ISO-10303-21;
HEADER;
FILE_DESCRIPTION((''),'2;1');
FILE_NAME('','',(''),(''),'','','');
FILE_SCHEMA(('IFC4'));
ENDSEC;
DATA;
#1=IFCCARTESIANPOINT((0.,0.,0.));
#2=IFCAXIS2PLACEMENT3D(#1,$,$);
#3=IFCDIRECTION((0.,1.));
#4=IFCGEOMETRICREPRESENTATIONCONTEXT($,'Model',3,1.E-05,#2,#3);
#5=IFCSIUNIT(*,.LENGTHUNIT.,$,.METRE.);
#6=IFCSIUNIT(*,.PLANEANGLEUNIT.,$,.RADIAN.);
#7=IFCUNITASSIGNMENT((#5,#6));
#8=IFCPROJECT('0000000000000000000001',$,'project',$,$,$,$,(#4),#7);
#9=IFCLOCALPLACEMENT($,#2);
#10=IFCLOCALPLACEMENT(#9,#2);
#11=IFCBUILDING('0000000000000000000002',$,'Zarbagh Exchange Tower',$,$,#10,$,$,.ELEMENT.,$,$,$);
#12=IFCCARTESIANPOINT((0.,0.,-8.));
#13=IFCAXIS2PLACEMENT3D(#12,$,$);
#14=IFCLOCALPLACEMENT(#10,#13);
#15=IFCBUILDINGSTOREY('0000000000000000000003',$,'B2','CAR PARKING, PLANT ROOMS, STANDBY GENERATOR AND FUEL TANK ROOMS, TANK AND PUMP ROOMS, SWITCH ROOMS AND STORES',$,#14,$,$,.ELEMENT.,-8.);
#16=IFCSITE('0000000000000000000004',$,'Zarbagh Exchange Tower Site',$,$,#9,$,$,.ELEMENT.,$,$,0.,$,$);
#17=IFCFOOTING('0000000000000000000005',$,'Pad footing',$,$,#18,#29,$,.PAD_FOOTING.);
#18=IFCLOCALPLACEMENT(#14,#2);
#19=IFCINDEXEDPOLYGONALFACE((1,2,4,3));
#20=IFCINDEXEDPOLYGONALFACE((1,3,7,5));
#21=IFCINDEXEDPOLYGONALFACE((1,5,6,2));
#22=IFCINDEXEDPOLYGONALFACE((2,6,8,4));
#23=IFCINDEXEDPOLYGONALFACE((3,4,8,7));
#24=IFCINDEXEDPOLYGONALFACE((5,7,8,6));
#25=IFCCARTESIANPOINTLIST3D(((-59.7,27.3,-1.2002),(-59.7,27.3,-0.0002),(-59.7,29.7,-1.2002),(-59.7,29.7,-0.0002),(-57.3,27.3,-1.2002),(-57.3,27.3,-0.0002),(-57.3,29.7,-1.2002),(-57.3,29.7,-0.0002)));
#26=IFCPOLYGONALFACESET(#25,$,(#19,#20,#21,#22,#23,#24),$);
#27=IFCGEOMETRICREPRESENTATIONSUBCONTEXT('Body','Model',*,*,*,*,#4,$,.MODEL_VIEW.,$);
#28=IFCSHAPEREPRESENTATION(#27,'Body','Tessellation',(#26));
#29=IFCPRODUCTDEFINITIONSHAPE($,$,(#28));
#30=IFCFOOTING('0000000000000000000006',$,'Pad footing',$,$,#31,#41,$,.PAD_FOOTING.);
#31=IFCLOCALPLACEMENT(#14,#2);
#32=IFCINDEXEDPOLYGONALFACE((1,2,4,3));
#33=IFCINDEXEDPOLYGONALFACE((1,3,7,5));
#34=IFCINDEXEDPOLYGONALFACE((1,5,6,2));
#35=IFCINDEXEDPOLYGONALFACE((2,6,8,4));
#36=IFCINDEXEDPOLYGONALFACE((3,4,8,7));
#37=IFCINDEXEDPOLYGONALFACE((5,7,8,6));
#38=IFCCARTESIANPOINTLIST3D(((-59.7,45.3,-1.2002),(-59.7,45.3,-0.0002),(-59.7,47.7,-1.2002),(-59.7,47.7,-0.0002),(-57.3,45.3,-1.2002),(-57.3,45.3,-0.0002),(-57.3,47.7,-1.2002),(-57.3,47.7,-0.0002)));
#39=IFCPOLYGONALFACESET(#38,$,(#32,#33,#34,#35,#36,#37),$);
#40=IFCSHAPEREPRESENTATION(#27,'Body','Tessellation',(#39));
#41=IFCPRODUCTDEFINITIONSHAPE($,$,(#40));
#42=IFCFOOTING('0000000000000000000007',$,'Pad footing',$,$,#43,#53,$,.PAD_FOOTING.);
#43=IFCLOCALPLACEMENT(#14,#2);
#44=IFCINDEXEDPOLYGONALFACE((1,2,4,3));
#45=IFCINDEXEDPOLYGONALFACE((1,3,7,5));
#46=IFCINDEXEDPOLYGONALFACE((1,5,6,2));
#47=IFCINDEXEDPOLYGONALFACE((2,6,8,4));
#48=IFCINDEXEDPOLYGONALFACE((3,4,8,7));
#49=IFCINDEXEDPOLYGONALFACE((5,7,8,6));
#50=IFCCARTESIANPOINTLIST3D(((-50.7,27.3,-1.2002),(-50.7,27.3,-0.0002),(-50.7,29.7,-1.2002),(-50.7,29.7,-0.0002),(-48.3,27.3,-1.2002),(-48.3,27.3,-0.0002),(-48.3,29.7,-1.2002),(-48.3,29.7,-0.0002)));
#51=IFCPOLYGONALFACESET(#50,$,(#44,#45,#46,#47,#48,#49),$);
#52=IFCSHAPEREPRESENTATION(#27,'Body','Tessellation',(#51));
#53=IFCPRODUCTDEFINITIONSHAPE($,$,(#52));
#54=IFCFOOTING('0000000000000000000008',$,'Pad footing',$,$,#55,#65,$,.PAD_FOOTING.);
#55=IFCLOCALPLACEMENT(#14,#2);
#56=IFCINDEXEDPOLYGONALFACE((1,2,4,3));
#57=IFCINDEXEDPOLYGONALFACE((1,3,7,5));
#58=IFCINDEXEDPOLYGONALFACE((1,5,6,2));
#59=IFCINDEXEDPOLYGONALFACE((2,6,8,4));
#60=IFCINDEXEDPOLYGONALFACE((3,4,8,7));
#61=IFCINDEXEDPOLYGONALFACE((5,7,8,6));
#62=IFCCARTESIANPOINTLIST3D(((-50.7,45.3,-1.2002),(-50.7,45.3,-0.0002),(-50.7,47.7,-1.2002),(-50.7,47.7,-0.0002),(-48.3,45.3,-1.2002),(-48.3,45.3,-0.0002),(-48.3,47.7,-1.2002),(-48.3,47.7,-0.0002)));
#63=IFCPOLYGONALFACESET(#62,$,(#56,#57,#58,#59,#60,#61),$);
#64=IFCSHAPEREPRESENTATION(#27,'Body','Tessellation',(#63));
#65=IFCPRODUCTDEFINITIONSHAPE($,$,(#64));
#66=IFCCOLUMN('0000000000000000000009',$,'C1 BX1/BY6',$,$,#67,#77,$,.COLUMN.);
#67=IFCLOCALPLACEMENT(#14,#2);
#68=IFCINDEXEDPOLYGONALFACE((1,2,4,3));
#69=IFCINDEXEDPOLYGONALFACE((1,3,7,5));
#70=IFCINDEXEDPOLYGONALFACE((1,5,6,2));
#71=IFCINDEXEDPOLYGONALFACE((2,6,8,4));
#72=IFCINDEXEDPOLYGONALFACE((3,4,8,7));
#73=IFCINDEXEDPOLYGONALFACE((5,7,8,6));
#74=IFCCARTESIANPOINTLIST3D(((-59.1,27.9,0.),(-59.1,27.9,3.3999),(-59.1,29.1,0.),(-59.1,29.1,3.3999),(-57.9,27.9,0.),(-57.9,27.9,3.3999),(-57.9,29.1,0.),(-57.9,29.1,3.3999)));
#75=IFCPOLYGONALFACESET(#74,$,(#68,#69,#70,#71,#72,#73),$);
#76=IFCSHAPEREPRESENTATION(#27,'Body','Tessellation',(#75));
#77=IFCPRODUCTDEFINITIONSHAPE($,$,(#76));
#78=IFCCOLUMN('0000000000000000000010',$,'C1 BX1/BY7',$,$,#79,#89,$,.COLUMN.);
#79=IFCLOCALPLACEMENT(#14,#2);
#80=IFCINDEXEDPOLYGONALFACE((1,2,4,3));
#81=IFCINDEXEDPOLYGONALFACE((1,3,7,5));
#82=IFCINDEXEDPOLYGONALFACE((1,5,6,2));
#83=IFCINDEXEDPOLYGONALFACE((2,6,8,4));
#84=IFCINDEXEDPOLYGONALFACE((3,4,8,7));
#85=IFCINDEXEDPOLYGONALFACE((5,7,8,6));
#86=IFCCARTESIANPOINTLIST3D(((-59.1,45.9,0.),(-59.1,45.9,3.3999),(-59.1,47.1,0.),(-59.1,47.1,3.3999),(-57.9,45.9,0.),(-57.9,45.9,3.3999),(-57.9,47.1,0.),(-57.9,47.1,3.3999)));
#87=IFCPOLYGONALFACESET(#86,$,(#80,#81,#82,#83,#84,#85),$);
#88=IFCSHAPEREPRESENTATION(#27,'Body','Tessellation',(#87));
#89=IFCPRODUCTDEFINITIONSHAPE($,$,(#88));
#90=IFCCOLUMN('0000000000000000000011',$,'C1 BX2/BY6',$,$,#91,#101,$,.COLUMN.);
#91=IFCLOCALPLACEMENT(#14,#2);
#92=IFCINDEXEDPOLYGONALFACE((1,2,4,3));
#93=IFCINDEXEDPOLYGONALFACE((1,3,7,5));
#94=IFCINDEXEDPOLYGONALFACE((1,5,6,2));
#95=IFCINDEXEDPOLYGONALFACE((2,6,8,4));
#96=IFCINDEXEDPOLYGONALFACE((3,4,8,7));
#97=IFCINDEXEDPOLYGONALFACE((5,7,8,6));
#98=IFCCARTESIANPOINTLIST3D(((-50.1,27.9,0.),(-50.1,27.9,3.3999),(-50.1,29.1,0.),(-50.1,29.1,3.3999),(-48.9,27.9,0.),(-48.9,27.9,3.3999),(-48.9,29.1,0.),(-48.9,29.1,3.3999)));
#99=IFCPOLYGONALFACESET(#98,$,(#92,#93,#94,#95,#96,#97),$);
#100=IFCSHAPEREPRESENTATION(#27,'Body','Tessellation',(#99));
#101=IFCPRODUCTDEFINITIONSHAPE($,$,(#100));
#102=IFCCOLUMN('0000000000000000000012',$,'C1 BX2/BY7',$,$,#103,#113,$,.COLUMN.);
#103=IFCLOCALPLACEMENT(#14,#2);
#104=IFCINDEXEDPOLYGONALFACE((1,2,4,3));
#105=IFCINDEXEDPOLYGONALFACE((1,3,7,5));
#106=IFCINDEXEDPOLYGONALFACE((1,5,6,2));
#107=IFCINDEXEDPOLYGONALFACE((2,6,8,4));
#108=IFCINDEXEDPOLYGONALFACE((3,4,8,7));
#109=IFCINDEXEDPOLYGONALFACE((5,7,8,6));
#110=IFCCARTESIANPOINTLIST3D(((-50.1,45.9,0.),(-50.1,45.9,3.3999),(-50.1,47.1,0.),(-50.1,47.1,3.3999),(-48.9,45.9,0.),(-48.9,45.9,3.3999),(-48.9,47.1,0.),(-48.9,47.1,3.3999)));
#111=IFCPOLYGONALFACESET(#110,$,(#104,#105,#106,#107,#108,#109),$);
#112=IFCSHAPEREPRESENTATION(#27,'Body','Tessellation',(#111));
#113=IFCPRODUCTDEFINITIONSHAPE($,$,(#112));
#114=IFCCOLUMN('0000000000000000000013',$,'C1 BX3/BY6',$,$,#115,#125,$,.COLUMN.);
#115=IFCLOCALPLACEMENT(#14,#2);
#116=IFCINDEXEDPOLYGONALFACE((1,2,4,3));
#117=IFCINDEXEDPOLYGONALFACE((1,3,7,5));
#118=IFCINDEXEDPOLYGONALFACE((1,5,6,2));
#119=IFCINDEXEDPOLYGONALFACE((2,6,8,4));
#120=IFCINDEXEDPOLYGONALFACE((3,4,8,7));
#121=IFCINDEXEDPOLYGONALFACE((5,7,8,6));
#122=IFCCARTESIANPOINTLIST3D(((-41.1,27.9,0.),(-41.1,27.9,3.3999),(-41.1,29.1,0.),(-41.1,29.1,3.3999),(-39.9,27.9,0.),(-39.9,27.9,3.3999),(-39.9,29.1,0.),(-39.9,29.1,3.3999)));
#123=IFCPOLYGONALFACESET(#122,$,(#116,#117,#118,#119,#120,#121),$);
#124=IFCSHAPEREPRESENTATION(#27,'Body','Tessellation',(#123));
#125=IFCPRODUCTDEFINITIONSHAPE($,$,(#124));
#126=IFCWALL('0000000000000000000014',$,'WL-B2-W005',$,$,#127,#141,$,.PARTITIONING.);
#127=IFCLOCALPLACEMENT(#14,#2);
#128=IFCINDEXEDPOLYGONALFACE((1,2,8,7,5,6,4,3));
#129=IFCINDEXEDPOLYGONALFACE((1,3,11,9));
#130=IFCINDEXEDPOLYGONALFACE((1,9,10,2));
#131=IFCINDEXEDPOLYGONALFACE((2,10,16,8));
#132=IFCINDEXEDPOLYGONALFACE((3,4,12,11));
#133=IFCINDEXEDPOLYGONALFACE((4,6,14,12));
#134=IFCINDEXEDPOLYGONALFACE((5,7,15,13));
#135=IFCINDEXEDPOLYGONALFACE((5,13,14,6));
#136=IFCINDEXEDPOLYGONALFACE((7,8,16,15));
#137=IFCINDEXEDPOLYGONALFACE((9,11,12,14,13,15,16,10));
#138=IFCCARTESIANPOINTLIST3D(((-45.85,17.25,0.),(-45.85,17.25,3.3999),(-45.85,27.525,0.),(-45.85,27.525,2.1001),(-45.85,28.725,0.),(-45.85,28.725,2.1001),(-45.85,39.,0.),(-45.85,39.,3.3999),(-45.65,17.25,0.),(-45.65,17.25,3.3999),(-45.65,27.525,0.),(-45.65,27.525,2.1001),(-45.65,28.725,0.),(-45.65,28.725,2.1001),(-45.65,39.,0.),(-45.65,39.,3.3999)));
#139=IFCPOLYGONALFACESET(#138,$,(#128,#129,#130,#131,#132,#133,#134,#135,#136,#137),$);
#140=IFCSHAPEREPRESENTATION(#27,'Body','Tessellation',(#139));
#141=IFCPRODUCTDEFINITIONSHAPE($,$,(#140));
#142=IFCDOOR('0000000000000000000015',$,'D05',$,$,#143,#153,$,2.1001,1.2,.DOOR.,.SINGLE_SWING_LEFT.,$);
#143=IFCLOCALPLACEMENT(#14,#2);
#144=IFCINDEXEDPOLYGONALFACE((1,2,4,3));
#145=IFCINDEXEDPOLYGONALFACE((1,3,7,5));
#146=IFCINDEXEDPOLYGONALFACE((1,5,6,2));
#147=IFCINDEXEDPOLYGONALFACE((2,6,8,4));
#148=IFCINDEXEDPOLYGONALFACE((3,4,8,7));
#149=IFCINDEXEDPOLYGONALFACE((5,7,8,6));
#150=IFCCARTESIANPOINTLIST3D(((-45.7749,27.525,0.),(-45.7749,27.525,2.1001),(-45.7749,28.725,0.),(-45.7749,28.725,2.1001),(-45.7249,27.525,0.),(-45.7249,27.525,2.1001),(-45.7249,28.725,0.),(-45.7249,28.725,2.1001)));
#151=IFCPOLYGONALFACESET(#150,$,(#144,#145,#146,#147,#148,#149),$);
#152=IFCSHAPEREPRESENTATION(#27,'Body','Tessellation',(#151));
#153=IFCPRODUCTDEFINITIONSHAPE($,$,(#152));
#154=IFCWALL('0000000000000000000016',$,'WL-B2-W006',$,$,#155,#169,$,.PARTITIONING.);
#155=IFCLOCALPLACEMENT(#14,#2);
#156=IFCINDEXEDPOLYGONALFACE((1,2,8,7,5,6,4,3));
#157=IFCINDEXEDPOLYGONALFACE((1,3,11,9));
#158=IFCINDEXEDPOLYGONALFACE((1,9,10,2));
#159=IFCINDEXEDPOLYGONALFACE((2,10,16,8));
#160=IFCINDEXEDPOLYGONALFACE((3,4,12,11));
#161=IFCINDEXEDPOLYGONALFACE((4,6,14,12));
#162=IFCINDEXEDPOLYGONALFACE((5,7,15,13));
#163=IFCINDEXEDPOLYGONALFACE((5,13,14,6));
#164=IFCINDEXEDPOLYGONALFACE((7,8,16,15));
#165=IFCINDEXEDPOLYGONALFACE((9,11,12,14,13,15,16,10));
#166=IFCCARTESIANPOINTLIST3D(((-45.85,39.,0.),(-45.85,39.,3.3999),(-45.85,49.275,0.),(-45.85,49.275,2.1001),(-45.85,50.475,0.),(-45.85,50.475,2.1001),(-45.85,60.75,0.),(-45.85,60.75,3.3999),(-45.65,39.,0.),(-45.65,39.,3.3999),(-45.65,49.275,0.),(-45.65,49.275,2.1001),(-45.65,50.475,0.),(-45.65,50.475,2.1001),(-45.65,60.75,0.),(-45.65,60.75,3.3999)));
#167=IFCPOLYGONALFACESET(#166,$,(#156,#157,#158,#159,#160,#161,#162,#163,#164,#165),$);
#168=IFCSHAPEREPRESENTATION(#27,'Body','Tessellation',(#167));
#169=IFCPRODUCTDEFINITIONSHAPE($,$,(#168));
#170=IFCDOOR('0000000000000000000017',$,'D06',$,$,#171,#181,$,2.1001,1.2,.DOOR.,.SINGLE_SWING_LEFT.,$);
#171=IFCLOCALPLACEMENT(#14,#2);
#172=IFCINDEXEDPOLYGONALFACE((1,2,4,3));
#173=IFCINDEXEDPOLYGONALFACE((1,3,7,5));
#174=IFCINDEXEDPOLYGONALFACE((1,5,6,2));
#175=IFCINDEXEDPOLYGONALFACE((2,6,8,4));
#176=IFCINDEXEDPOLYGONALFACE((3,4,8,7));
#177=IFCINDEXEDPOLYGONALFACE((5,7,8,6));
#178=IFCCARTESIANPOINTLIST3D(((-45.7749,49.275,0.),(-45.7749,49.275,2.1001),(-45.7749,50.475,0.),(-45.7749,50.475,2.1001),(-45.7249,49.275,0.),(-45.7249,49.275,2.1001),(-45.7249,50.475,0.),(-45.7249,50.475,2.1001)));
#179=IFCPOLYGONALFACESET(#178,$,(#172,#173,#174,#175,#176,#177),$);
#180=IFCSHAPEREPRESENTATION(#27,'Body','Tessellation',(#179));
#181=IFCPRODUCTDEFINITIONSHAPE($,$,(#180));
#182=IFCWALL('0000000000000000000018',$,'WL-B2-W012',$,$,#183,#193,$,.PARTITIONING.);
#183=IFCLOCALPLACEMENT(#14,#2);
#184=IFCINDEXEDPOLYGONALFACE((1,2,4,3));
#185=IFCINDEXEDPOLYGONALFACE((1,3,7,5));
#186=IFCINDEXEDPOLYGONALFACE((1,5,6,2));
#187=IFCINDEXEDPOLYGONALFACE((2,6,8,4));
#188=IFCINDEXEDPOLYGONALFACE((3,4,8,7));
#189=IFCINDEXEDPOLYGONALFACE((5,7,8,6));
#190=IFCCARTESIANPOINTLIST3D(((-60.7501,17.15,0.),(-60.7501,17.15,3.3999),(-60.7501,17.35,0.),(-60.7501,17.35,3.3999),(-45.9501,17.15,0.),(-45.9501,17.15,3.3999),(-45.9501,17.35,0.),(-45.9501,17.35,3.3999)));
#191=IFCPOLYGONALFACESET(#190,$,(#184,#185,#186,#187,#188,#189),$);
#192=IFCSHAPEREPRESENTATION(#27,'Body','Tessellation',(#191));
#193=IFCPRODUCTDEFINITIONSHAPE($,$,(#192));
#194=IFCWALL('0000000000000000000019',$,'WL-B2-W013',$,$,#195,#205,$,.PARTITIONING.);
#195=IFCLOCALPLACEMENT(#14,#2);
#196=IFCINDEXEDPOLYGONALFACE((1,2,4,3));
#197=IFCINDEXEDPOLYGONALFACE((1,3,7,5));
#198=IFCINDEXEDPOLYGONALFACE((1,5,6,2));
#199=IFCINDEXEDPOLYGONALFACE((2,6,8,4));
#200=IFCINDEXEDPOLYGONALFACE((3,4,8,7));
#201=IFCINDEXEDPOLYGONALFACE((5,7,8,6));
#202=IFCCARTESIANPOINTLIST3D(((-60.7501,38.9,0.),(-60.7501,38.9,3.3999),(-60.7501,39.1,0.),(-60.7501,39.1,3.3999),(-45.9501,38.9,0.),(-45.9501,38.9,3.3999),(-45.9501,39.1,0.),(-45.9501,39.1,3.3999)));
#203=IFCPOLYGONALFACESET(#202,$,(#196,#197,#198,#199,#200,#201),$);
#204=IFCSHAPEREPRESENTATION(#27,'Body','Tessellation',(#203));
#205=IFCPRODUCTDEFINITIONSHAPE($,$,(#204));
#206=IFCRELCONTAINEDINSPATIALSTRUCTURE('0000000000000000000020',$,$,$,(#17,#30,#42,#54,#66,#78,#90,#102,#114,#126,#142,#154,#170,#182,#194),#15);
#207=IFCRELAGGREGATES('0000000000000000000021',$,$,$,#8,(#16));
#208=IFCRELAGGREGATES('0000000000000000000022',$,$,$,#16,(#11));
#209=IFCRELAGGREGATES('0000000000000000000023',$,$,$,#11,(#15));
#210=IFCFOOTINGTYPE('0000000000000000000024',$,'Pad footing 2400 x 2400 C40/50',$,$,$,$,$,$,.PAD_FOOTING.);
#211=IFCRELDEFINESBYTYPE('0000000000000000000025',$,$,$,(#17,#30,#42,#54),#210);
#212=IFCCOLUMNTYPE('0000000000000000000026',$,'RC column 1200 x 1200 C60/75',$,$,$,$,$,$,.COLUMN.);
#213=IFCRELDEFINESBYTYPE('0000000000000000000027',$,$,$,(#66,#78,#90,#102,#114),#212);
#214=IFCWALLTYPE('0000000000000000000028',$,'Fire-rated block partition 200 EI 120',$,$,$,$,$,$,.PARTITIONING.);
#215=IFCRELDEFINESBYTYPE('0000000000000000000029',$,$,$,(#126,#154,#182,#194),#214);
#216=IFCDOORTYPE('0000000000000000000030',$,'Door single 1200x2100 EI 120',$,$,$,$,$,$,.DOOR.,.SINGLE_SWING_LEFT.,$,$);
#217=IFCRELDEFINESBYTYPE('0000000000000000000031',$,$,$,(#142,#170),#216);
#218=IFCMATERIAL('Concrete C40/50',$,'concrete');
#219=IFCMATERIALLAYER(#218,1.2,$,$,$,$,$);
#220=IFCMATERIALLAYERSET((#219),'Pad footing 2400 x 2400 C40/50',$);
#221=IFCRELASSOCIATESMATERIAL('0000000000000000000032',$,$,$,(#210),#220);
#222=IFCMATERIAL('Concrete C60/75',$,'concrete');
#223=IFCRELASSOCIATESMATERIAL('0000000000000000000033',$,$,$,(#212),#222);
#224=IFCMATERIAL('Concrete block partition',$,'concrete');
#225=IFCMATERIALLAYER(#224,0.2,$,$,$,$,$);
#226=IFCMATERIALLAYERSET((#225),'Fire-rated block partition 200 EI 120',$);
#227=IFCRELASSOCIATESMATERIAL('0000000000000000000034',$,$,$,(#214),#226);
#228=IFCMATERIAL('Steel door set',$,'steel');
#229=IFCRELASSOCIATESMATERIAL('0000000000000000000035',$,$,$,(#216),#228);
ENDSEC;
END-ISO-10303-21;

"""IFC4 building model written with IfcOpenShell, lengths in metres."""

from ifc_helpers import new_model, si_unit, direction, frame, frame_2d, origin, origin_2d, place, context, subcontext, project, spatial, rectangle, extrude, material, layer, layer_set, material_profile, profile_set, type_object, element, fill, save


model = new_model("IFC4")

# Units and contexts
model_context = context("Model", 3, precision=1e-05, world=origin(), true_north=direction((0.0, 1.0)))
body_context = subcontext(model_context, "Body", "Model", "MODEL_VIEW")
ifc_project = project(units=[si_unit("LENGTHUNIT", "METRE"), si_unit("PLANEANGLEUNIT", "RADIAN")], contexts=[model_context])

# Site, building, storey
site_placement = place(None, origin())
site = spatial("IfcSite", under=ifc_project, at=site_placement, Name="Zarbagh Exchange Tower Site", CompositionType="ELEMENT", RefElevation=0.0)
building_placement = place(site_placement, origin())
building = spatial("IfcBuilding", under=site, at=building_placement, Name="Zarbagh Exchange Tower", CompositionType="ELEMENT")
storey_placement = place(building_placement, frame((0.0, 0.0, -8.0)))
storey = spatial("IfcBuildingStorey", under=building, at=storey_placement, Name="B2", Description="CAR PARKING, PLANT ROOMS, STANDBY GENERATOR AND FUEL TANK ROOMS, TANK AND PUMP ROOMS, SWITCH ROOMS AND STORES", CompositionType="ELEMENT", Elevation=-8.0)

# Shared definitions
ifc_material_1 = material(Name="Concrete C40/50", Category="concrete")

# Footings
ifc_layer_1 = layer(ifc_material_1, 1.2)
ifc_layer_set_1 = layer_set([ifc_layer_1], Name="Pad footing 2400 x 2400 C40/50")
footing_type = type_object("IfcFootingType", Name="Pad footing 2400 x 2400 C40/50", PredefinedType="PAD_FOOTING", material=ifc_layer_set_1)
for number, where, z_axis, x_axis, name in (
    (1, (-58.5, 28.5, -1.2002), (0.0, 0.0, 1.0), (1.0, 0.0, 0.0), "Pad footing"),
    (2, (-58.5, 46.5, -1.2002), (0.0, 0.0, 1.0), (1.0, 0.0, 0.0), "Pad footing"),
    (3, (-49.5, 28.5, -1.2002), (0.0, 0.0, 1.0), (1.0, 0.0, 0.0), "Pad footing"),
    (4, (-49.5, 46.5, -1.2002), (0.0, 0.0, 1.0), (1.0, 0.0, 0.0), "Pad footing"),
):
    element("IfcFooting", number, at=place(storey_placement, frame(where, z_axis=z_axis, x_axis=x_axis)), inside=storey, type_object=footing_type, Name=name, PredefinedType="PAD_FOOTING", context=body_context, shape_type="SweptSolid", body=[
        extrude(rectangle(XDim=2.3999, YDim=2.3999, at=origin_2d()), origin(), (0.0, 0.0, 1.0), 1.2),
    ])

# Columns
ifc_material_2 = material(Name="Concrete C60/75", Category="concrete")
ifc_material_profile_1 = material_profile(ifc_material_2, rectangle(XDim=1.2, YDim=1.2, at=origin_2d()), Name="RC column 1200 x 1200 C60/75")
ifc_profile_set_1 = profile_set([ifc_material_profile_1], Name="Concrete C60/75")
column_type = type_object("IfcColumnType", Name="RC column 1200 x 1200 C60/75", PredefinedType="COLUMN", material=ifc_profile_set_1)
for number, where, z_axis, x_axis, name in (
    (5, (-58.5, 28.5, 0.0), (0.0, 0.0, 1.0), (1.0, 0.0, 0.0), "C1 BX1/BY6"),
    (6, (-58.5, 46.5, 0.0), (0.0, 0.0, 1.0), (1.0, 0.0, 0.0), "C1 BX1/BY7"),
    (7, (-49.5, 28.5, 0.0), (0.0, 0.0, 1.0), (1.0, 0.0, 0.0), "C1 BX2/BY6"),
    (8, (-49.5, 46.5, 0.0), (0.0, 0.0, 1.0), (1.0, 0.0, 0.0), "C1 BX2/BY7"),
    (9, (-40.5, 28.5, 0.0), (0.0, 0.0, 1.0), (1.0, 0.0, 0.0), "C1 BX3/BY6"),
):
    element("IfcColumn", number, at=place(storey_placement, frame(where, z_axis=z_axis, x_axis=x_axis)), inside=storey, type_object=column_type, Name=name, PredefinedType="COLUMN", context=body_context, shape_type="SweptSolid", body=[
        extrude(rectangle(XDim=1.2, YDim=1.2, at=origin_2d()), origin(), (0.0, 0.0, 1.0), 3.3999),
    ])

# Walls, openings, doors
ifc_material_3 = material(Name="Concrete block partition", Category="concrete")
ifc_layer_2 = layer(ifc_material_3, 0.2)
ifc_layer_set_2 = layer_set([ifc_layer_2], Name="Fire-rated block partition 200 EI 120")
wall_type_1 = type_object("IfcWallType", Name="Fire-rated block partition 200 EI 120", PredefinedType="PARTITIONING", material=ifc_layer_set_2)
wall_1_placement = place(storey_placement, frame((-45.75, 17.25, 0.0), z_axis=(0.0, 0.0, 1.0), x_axis=(0.0, 1.0, 0.0)))
wall_1 = element("IfcWall", 10, at=wall_1_placement, inside=storey, type_object=wall_type_1, Name="WL-B2-W005", PredefinedType="PARTITIONING", context=body_context, shape_type="SweptSolid", body=[
    extrude(rectangle(XDim=21.75, YDim=0.2, at=frame_2d((10.875, 0.0))), origin(), (0.0, 0.0, 1.0), 3.3999),
])
opening_1_placement = place(wall_1_placement, frame((10.2749, 0.0, 0.0)))
opening_1 = element("IfcOpeningElement", 11, at=opening_1_placement, cuts=wall_1, PredefinedType="OPENING", context=body_context, shape_type="SweptSolid", body=[
    extrude(rectangle(XDim=1.2, YDim=2.1001, at=frame_2d((0.6001, 1.05))), frame((0.0, 0.1099, 0.0), z_axis=(0.0, -1.0, 0.0), x_axis=(1.0, 0.0, 0.0)), (0.0, 0.0, 1.0), 0.22),
])
ifc_material_4 = material(Name="Steel door set", Category="steel")
door_type = type_object("IfcDoorType", Name="Door single 1200x2100 EI 120", OperationType="SINGLE_SWING_LEFT", PredefinedType="DOOR", material=ifc_material_4)
door_1_placement = place(opening_1_placement, origin())
door_1 = element("IfcDoor", 12, at=door_1_placement, inside=storey, type_object=door_type, Name="D05", OperationType="SINGLE_SWING_LEFT", OverallHeight=2.1001, OverallWidth=1.2, PredefinedType="DOOR", context=body_context, shape_type="SweptSolid", body=[
    extrude(rectangle(XDim=1.2, YDim=2.1001, at=frame_2d((0.6001, 1.05))), frame((0.0, 0.0249, 0.0), z_axis=(0.0, -1.0, 0.0), x_axis=(1.0, 0.0, 0.0)), (0.0, 0.0, 1.0), 0.05),
])
fill(opening_1, door_1)
wall_2_placement = place(storey_placement, frame((-45.75, 39.0, 0.0), z_axis=(0.0, 0.0, 1.0), x_axis=(0.0, 1.0, 0.0)))
wall_2 = element("IfcWall", 13, at=wall_2_placement, inside=storey, type_object=wall_type_1, Name="WL-B2-W006", PredefinedType="PARTITIONING", context=body_context, shape_type="SweptSolid", body=[
    extrude(rectangle(XDim=21.75, YDim=0.2, at=frame_2d((10.875, 0.0))), origin(), (0.0, 0.0, 1.0), 3.3999),
])
opening_2_placement = place(wall_2_placement, frame((10.2749, 0.0, 0.0)))
opening_2 = element("IfcOpeningElement", 14, at=opening_2_placement, cuts=wall_2, PredefinedType="OPENING", context=body_context, shape_type="SweptSolid", body=[
    extrude(rectangle(XDim=1.2, YDim=2.1001, at=frame_2d((0.6001, 1.05))), frame((0.0, 0.1099, 0.0), z_axis=(0.0, -1.0, 0.0), x_axis=(1.0, 0.0, 0.0)), (0.0, 0.0, 1.0), 0.22),
])
door_2_placement = place(opening_2_placement, origin())
door_2 = element("IfcDoor", 15, at=door_2_placement, inside=storey, type_object=door_type, Name="D06", OperationType="SINGLE_SWING_LEFT", OverallHeight=2.1001, OverallWidth=1.2, PredefinedType="DOOR", context=body_context, shape_type="SweptSolid", body=[
    extrude(rectangle(XDim=1.2, YDim=2.1001, at=frame_2d((0.6001, 1.05))), frame((0.0, 0.0249, 0.0), z_axis=(0.0, -1.0, 0.0), x_axis=(1.0, 0.0, 0.0)), (0.0, 0.0, 1.0), 0.05),
])
fill(opening_2, door_2)

# Walls
for number, where, z_axis, x_axis, name in (
    (16, (-60.75, 17.25, 0.0), (0.0, 0.0, 1.0), (1.0, 0.0, 0.0), "WL-B2-W012"),
    (17, (-60.75, 39.0, 0.0), (0.0, 0.0, 1.0), (1.0, 0.0, 0.0), "WL-B2-W013"),
):
    element("IfcWall", number, at=place(storey_placement, frame(where, z_axis=z_axis, x_axis=x_axis)), inside=storey, type_object=wall_type_1, Name=name, PredefinedType="PARTITIONING", context=body_context, shape_type="SweptSolid", body=[
        extrude(rectangle(XDim=14.8, YDim=0.2, at=frame_2d((7.3999, 0.0))), origin(), (0.0, 0.0, 1.0), 3.3999),
    ])

save(model, "model.ifc")
